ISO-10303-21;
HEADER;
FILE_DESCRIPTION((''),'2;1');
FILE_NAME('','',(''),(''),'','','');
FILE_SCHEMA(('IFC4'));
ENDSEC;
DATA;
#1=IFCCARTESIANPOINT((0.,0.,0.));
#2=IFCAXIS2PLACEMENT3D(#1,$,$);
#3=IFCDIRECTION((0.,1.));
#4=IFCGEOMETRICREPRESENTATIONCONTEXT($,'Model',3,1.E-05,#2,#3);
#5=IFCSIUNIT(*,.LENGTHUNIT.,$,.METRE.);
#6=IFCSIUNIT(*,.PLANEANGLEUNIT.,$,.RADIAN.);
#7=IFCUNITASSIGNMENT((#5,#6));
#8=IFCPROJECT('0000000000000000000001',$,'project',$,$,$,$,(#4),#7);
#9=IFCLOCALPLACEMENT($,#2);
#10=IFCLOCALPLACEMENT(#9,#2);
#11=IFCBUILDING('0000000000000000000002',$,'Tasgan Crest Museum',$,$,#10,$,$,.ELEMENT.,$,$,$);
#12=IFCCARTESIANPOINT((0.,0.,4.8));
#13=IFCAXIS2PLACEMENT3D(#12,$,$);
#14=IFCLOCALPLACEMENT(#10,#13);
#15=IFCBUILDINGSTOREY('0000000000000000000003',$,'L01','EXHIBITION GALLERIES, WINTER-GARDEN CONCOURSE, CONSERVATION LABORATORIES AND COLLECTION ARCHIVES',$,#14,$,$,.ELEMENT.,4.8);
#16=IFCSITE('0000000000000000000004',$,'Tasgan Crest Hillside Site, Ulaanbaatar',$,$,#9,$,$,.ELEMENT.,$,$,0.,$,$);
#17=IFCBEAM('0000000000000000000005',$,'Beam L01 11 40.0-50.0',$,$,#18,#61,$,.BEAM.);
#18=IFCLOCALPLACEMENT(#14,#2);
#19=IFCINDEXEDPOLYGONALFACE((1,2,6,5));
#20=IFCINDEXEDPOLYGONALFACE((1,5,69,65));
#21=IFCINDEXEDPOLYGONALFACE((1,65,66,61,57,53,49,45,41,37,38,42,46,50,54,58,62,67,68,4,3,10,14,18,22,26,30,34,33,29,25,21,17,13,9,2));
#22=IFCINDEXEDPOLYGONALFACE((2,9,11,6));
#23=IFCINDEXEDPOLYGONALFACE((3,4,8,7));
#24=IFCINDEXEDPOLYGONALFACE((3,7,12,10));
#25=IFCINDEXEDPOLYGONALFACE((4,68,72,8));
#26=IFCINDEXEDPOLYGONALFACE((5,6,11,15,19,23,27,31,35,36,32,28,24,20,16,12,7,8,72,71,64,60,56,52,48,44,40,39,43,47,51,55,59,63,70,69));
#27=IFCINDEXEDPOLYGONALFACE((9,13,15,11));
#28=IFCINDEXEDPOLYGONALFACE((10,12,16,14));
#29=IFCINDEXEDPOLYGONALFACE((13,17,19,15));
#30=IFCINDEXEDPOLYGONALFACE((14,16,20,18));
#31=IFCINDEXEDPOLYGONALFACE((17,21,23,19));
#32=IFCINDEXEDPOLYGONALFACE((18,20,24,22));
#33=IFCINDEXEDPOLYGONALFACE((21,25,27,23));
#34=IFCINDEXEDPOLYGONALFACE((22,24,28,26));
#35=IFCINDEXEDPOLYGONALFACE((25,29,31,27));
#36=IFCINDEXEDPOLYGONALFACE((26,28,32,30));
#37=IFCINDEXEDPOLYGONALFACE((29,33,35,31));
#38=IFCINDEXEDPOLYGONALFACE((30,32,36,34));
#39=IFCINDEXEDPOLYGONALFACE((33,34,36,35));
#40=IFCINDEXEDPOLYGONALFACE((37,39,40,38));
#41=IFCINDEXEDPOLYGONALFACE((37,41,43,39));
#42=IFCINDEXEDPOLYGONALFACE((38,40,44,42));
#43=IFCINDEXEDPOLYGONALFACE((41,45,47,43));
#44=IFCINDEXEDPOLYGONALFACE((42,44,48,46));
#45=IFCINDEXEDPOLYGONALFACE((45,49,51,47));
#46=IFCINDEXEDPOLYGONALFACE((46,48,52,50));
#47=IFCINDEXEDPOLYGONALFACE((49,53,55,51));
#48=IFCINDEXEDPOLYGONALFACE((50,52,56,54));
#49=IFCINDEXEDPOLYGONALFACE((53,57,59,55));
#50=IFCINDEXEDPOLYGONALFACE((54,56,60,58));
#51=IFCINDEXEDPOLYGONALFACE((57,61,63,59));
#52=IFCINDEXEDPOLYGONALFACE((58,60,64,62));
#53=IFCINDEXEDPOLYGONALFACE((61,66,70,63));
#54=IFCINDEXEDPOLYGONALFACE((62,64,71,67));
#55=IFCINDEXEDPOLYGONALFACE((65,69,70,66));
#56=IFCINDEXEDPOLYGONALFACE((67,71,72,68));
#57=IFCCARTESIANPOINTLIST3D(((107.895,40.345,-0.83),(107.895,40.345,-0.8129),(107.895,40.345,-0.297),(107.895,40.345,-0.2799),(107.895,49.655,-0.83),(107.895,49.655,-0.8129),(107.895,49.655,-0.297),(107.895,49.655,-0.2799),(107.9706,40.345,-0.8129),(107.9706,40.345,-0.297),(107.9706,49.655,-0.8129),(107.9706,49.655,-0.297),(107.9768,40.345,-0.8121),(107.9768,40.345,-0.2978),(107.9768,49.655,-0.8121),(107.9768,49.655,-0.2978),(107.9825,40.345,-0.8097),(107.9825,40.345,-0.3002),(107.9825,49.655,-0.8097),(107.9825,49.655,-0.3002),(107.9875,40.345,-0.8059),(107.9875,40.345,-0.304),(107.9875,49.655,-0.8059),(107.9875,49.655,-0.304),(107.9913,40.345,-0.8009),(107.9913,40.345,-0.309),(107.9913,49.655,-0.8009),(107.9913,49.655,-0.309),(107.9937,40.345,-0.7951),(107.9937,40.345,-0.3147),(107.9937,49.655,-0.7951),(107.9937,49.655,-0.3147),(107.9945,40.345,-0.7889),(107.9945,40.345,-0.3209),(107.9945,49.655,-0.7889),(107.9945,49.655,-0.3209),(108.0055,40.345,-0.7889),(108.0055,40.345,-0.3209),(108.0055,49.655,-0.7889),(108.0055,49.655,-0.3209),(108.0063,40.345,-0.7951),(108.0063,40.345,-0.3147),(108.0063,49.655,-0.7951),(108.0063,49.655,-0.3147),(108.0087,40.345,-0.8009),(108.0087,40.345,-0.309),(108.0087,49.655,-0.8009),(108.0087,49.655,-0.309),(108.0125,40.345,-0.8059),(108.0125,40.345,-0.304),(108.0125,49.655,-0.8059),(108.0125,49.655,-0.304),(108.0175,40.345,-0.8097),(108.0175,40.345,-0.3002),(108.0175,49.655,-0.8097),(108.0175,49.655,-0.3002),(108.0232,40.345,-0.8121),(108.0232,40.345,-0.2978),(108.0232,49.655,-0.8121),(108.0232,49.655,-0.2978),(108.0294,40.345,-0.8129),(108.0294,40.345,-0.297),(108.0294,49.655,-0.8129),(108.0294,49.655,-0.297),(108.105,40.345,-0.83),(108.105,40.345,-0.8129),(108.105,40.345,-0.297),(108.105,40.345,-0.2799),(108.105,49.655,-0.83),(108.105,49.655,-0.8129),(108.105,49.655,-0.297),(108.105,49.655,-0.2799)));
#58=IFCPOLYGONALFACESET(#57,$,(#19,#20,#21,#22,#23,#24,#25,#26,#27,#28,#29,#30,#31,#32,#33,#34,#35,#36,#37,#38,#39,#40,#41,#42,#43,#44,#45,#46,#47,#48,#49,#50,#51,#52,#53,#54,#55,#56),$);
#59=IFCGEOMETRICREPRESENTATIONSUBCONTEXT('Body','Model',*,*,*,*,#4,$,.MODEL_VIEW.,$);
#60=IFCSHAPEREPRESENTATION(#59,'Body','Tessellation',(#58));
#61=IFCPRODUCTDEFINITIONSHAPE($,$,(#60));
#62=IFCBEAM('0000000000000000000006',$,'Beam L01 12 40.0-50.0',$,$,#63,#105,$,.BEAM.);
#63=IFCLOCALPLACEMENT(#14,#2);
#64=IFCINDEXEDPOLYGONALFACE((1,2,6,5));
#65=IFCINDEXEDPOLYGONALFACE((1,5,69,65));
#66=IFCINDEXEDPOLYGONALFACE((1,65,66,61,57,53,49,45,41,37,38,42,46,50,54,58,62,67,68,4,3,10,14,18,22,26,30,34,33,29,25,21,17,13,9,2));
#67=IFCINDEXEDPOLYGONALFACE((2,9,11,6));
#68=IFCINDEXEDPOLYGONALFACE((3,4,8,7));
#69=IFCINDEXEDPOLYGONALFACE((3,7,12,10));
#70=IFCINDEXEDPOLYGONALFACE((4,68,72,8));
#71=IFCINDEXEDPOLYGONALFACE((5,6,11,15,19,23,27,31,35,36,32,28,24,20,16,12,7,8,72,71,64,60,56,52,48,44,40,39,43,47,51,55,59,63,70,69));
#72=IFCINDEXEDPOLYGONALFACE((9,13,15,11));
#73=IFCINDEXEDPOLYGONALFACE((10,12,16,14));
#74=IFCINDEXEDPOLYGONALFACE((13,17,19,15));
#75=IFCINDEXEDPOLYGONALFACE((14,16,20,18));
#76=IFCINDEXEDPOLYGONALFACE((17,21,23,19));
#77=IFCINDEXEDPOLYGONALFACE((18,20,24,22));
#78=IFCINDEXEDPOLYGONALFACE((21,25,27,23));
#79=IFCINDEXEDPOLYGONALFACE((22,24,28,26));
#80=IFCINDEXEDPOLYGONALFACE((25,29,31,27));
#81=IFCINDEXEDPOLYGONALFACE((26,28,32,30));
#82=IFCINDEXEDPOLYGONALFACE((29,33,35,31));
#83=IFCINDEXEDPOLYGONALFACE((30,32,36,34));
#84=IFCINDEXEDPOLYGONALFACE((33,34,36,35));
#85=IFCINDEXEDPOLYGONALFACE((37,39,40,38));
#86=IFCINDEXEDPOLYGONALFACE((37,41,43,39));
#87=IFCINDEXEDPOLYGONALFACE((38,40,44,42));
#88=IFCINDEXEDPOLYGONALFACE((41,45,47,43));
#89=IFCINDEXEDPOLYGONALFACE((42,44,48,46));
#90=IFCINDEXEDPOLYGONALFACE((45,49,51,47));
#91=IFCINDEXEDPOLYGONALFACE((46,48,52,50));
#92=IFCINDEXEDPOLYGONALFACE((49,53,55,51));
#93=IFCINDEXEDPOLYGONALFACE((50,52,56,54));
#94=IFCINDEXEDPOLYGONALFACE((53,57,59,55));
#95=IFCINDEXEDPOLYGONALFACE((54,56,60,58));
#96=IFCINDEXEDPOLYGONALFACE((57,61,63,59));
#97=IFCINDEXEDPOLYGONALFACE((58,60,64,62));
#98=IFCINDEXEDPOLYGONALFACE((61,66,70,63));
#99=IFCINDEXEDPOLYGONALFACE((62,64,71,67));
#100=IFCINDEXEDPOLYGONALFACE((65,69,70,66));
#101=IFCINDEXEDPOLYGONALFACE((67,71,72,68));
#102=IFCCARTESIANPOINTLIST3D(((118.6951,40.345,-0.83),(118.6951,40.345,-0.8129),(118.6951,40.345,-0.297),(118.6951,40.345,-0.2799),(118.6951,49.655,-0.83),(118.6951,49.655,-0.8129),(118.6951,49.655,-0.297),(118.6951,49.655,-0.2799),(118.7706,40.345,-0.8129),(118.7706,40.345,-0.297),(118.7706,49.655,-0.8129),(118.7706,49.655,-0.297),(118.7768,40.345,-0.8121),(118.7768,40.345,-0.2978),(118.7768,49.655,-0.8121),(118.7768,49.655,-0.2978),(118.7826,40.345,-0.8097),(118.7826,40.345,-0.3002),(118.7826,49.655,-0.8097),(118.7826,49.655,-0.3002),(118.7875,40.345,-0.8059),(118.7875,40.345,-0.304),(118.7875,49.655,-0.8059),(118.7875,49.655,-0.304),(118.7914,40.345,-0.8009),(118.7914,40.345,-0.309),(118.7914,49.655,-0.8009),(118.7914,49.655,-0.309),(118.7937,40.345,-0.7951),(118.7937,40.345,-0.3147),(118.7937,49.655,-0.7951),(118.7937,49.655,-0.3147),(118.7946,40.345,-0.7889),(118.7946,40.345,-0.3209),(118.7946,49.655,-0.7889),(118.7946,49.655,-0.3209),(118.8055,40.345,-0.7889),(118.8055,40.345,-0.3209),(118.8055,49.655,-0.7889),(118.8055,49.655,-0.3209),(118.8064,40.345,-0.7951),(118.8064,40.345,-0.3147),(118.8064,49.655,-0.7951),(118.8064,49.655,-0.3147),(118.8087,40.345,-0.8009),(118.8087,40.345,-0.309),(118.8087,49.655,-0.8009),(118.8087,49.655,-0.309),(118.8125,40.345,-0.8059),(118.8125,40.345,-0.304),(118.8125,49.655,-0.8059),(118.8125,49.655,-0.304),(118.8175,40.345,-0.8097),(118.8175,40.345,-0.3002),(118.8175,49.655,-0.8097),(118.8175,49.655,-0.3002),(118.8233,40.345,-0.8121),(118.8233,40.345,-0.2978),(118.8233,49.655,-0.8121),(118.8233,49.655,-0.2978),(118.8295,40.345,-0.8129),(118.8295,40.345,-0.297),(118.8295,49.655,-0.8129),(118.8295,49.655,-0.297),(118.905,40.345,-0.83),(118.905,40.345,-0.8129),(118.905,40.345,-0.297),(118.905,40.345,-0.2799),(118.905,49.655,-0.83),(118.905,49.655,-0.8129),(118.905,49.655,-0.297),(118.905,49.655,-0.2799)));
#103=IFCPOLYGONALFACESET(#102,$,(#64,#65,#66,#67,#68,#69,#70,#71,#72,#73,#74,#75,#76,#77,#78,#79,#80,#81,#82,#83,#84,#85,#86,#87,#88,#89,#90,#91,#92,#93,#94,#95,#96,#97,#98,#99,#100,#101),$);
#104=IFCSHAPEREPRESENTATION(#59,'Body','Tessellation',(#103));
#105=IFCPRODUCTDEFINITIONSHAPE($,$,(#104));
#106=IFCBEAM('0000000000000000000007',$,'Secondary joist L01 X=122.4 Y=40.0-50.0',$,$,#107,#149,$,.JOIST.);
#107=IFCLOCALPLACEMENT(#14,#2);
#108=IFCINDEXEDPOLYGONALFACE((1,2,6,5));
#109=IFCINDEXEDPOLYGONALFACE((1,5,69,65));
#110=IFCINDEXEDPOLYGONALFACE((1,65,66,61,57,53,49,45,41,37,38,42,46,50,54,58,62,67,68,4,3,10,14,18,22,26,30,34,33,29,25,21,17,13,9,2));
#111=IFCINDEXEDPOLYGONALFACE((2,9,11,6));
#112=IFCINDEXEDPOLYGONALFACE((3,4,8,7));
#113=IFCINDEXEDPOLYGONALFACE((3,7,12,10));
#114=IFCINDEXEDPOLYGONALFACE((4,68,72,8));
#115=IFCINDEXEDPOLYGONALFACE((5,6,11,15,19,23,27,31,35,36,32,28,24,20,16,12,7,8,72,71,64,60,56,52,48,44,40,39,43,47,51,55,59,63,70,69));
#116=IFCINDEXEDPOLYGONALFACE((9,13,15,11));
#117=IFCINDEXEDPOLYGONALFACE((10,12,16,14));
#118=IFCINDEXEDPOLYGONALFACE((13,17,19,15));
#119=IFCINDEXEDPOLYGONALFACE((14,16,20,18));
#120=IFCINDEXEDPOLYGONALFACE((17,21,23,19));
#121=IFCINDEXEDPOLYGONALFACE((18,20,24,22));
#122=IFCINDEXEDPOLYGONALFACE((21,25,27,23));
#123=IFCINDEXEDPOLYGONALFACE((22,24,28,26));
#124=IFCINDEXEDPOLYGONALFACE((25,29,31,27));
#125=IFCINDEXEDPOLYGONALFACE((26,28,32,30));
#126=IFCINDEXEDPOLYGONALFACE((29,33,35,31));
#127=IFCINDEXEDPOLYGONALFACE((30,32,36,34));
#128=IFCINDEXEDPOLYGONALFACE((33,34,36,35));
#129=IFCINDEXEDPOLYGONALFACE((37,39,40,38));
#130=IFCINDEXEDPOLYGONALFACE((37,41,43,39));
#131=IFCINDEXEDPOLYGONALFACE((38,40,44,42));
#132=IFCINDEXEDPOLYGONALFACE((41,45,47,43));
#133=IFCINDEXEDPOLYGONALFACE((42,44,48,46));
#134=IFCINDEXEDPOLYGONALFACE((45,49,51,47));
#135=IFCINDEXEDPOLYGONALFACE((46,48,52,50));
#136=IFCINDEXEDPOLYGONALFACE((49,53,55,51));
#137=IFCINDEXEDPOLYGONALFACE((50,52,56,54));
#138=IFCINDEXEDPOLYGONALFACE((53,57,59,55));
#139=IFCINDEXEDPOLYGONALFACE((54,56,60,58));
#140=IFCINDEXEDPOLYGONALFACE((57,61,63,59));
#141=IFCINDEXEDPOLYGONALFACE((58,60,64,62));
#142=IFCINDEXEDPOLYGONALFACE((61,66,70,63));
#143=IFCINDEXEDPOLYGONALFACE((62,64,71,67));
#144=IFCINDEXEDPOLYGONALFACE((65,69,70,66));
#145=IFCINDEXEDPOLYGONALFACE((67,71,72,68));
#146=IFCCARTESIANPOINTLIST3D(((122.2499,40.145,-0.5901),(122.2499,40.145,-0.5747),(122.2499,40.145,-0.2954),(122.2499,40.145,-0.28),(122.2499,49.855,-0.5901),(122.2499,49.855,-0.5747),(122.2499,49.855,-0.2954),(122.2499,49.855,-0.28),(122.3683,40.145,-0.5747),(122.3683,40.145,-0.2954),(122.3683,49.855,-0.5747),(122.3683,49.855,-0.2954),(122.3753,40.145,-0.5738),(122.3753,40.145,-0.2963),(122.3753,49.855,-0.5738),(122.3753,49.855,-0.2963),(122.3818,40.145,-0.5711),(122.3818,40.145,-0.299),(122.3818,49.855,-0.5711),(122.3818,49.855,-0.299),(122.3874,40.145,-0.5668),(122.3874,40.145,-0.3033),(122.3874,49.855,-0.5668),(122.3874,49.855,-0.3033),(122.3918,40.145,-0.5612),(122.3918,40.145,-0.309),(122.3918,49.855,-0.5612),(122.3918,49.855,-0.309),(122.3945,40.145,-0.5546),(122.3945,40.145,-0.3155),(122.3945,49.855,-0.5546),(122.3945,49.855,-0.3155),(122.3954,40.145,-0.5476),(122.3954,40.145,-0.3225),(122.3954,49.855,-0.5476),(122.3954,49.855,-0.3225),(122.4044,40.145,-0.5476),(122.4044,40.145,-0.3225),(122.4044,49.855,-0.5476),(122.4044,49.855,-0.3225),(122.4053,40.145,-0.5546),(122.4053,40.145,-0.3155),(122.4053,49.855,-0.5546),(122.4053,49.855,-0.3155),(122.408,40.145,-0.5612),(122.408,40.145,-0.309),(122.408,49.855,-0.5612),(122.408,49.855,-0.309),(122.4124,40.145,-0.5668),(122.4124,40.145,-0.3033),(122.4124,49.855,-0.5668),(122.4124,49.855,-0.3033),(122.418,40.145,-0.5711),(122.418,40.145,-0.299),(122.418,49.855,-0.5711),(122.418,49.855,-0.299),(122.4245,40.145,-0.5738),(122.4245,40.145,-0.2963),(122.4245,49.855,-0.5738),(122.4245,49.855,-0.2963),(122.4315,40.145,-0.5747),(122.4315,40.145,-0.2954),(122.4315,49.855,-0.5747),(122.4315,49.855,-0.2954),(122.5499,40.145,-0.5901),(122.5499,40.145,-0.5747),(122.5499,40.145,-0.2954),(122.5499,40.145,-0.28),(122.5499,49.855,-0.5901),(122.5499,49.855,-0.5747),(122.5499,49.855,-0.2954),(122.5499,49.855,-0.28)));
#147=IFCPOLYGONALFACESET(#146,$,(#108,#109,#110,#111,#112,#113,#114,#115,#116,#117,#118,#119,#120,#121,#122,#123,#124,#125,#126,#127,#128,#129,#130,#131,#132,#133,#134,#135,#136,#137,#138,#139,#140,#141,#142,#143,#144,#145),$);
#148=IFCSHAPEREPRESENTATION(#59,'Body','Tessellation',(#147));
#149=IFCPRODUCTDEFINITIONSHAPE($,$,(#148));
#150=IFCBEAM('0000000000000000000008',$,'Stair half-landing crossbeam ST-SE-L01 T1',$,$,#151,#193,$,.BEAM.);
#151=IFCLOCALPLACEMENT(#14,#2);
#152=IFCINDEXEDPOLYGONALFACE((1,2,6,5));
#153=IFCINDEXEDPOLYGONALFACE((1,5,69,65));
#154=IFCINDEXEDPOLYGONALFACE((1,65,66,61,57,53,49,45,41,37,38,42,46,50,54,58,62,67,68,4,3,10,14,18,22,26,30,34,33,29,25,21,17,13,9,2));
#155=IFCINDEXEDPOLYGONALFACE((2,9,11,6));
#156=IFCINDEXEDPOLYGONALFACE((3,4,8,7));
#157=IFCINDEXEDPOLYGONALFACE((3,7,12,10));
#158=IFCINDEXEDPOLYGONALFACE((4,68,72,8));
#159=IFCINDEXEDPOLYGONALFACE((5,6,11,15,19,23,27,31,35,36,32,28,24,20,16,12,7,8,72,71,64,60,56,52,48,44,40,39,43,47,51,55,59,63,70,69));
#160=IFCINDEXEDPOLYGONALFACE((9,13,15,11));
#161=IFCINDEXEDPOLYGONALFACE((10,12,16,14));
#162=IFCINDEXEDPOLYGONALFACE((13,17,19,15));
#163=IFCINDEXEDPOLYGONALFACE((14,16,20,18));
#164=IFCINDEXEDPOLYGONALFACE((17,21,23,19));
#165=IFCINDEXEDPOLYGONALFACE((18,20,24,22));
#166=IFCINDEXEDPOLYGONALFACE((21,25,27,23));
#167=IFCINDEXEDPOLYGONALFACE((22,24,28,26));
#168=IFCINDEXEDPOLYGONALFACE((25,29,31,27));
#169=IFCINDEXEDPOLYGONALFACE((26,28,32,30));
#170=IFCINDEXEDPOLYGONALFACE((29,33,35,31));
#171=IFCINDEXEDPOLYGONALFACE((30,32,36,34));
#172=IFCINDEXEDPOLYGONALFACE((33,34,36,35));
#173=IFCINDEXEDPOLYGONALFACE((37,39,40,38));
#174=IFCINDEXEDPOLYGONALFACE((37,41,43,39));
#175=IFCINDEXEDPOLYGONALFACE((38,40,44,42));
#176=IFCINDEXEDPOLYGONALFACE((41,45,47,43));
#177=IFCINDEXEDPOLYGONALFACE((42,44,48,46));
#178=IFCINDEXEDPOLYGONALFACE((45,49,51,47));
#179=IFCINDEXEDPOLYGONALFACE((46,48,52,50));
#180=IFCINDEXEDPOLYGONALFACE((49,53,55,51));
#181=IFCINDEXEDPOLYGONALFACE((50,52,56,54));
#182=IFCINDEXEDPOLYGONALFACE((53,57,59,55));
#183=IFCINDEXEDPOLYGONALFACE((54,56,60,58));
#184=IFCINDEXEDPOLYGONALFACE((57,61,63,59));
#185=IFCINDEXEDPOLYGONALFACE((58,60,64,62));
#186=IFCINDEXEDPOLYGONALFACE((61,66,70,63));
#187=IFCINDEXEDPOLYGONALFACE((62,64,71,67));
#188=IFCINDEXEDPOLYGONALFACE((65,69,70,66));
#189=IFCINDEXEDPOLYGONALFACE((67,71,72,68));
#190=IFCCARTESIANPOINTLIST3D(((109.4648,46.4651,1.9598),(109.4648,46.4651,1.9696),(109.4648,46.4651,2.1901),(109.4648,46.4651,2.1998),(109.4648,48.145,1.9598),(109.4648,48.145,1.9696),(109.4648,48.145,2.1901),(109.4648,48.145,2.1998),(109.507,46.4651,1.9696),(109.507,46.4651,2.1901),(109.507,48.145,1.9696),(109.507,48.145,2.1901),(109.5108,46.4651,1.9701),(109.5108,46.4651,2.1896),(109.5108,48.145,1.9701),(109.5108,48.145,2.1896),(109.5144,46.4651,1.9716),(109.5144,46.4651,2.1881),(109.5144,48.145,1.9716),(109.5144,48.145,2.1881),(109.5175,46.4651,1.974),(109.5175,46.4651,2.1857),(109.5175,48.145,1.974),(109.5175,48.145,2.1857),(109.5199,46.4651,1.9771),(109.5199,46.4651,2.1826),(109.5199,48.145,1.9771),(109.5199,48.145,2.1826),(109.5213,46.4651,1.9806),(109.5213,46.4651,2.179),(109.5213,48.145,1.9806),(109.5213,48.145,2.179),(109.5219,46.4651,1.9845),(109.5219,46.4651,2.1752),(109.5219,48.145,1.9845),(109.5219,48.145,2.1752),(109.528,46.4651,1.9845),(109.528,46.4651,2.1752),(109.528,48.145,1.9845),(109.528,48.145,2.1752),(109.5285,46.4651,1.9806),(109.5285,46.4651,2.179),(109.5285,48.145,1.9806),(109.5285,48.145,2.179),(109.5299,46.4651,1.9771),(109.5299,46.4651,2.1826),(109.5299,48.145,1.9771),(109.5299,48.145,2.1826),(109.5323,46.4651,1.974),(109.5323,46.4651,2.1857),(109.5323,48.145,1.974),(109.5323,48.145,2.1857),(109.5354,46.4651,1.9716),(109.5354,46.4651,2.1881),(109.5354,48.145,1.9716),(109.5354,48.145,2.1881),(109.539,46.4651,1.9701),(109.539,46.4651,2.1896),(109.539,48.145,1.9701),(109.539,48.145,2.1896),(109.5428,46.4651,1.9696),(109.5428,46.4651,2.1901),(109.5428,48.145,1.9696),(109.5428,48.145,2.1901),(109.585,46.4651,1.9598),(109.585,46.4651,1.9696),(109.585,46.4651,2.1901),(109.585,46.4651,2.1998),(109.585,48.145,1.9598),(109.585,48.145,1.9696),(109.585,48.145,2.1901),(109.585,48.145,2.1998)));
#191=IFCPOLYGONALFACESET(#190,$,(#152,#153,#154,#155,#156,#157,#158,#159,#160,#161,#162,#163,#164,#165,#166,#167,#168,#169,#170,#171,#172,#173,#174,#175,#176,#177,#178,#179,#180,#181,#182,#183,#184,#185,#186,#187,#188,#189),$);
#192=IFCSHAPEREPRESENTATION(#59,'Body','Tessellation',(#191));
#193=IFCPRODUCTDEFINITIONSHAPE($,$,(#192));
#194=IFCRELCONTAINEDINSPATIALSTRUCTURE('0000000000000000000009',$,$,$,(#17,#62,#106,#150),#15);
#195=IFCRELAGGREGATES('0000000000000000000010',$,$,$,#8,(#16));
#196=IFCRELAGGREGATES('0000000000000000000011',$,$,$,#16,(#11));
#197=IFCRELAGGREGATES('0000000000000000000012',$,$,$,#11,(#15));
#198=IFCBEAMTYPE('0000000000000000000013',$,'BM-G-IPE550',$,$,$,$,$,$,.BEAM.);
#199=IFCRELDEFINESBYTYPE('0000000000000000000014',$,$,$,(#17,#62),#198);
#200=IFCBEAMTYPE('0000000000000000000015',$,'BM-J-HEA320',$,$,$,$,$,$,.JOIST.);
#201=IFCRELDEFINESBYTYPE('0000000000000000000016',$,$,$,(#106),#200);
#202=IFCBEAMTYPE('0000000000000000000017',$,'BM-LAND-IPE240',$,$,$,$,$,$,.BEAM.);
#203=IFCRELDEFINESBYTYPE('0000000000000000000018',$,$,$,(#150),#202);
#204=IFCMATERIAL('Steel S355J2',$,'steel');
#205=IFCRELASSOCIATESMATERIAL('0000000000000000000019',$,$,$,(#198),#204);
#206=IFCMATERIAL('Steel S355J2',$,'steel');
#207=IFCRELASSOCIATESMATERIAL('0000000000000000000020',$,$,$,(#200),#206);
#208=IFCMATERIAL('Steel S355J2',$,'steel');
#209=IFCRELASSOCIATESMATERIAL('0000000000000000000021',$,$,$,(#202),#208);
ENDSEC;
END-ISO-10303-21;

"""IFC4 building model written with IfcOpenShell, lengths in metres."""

from ifc_helpers import new_model, si_unit, direction, frame, origin, origin_2d, place, context, subcontext, project, spatial, i_section, extrude, material, material_profile, profile_set, type_object, element, save


model = new_model("IFC4")

# Units and contexts
model_context = context("Model", 3, precision=1e-05, world=origin(), true_north=direction((0.0, 1.0)))
body_context = subcontext(model_context, "Body", "Model", "MODEL_VIEW")
ifc_project = project(units=[si_unit("LENGTHUNIT", "METRE"), si_unit("PLANEANGLEUNIT", "RADIAN")], contexts=[model_context])

# Site, building, storey
site_placement = place(None, origin())
site = spatial("IfcSite", under=ifc_project, at=site_placement, Name="Tasgan Crest Hillside Site, Ulaanbaatar", CompositionType="ELEMENT", RefElevation=0.0)
building_placement = place(site_placement, origin())
building = spatial("IfcBuilding", under=site, at=building_placement, Name="Tasgan Crest Museum", CompositionType="ELEMENT")
storey_placement = place(building_placement, frame((0.0, 0.0, 4.8)))
storey = spatial("IfcBuildingStorey", under=building, at=storey_placement, Name="L01", Description="EXHIBITION GALLERIES, WINTER-GARDEN CONCOURSE, CONSERVATION LABORATORIES AND COLLECTION ARCHIVES", CompositionType="ELEMENT", Elevation=4.8)

# Beams
ifc_material_1 = material(Name="Steel S355J2", Category="steel")
ifc_material_profile_1 = material_profile(ifc_material_1, i_section(OverallWidth=0.21, OverallDepth=0.55, WebThickness=0.011, FlangeThickness=0.0171, FilletRadius=0.0239, at=origin_2d()), Name="IPE 550")
ifc_profile_set_1 = profile_set([ifc_material_profile_1], Name="Steel S355J2")
beam_type_1 = type_object("IfcBeamType", Name="BM-G-IPE550", PredefinedType="BEAM", material=ifc_profile_set_1)
for number, where, z_axis, x_axis, name in (
    (1, (108.0, 40.345, -0.5549), (0.0, 1.0, 0.0), (-1.0, 0.0, 0.0), "Beam L01 11 40.0-50.0"),
    (2, (118.8, 40.345, -0.5549), (0.0, 1.0, 0.0), (-1.0, 0.0, 0.0), "Beam L01 12 40.0-50.0"),
):
    element("IfcBeam", number, at=place(storey_placement, frame(where, z_axis=z_axis, x_axis=x_axis)), inside=storey, type_object=beam_type_1, Name=name, PredefinedType="BEAM", context=body_context, shape_type="SweptSolid", body=[
        extrude(i_section(OverallWidth=0.21, OverallDepth=0.55, WebThickness=0.011, FlangeThickness=0.0171, FilletRadius=0.0239, at=origin_2d()), origin(), (0.0, 0.0, 1.0), 9.3101),
    ])
ifc_material_2 = material(Name="Steel S355J2", Category="steel")
ifc_material_profile_2 = material_profile(ifc_material_2, i_section(OverallWidth=0.3, OverallDepth=0.3101, WebThickness=0.009, FlangeThickness=0.0154, FilletRadius=0.0271, at=origin_2d()), Name="HEA 320")
ifc_profile_set_2 = profile_set([ifc_material_profile_2], Name="Steel S355J2")
beam_type_2 = type_object("IfcBeamType", Name="BM-J-HEA320", PredefinedType="JOIST", material=ifc_profile_set_2)
beam_1_placement = place(storey_placement, frame((122.3999, 40.145, -0.4351), z_axis=(0.0, 1.0, 0.0), x_axis=(-1.0, 0.0, 0.0)))
element("IfcBeam", 3, at=beam_1_placement, inside=storey, type_object=beam_type_2, Name="Secondary joist L01 X=122.4 Y=40.0-50.0", PredefinedType="JOIST", context=body_context, shape_type="SweptSolid", body=[
    extrude(i_section(OverallWidth=0.3, OverallDepth=0.3101, WebThickness=0.009, FlangeThickness=0.0154, FilletRadius=0.0271, at=origin_2d()), origin(), (0.0, 0.0, 1.0), 9.71),
])
ifc_material_3 = material(Name="Steel S355J2", Category="steel")
ifc_material_profile_3 = material_profile(ifc_material_3, i_section(OverallWidth=0.1201, OverallDepth=0.24, WebThickness=0.0061, FlangeThickness=0.0098, FilletRadius=0.0149, at=origin_2d()), Name="IPE 240")
ifc_profile_set_3 = profile_set([ifc_material_profile_3], Name="Steel S355J2")
beam_type_3 = type_object("IfcBeamType", Name="BM-LAND-IPE240", PredefinedType="BEAM", material=ifc_profile_set_3)
beam_2_placement = place(storey_placement, frame((109.5249, 46.4651, 2.0798), z_axis=(0.0, 1.0, 0.0), x_axis=(-1.0, 0.0, 0.0)))
element("IfcBeam", 4, at=beam_2_placement, inside=storey, type_object=beam_type_3, Name="Stair half-landing crossbeam ST-SE-L01 T1", PredefinedType="BEAM", context=body_context, shape_type="SweptSolid", body=[
    extrude(i_section(OverallWidth=0.1201, OverallDepth=0.24, WebThickness=0.0061, FlangeThickness=0.0098, FilletRadius=0.0149, at=origin_2d()), origin(), (0.0, 0.0, 1.0), 1.6799),
])

save(model, "model.ifc")
